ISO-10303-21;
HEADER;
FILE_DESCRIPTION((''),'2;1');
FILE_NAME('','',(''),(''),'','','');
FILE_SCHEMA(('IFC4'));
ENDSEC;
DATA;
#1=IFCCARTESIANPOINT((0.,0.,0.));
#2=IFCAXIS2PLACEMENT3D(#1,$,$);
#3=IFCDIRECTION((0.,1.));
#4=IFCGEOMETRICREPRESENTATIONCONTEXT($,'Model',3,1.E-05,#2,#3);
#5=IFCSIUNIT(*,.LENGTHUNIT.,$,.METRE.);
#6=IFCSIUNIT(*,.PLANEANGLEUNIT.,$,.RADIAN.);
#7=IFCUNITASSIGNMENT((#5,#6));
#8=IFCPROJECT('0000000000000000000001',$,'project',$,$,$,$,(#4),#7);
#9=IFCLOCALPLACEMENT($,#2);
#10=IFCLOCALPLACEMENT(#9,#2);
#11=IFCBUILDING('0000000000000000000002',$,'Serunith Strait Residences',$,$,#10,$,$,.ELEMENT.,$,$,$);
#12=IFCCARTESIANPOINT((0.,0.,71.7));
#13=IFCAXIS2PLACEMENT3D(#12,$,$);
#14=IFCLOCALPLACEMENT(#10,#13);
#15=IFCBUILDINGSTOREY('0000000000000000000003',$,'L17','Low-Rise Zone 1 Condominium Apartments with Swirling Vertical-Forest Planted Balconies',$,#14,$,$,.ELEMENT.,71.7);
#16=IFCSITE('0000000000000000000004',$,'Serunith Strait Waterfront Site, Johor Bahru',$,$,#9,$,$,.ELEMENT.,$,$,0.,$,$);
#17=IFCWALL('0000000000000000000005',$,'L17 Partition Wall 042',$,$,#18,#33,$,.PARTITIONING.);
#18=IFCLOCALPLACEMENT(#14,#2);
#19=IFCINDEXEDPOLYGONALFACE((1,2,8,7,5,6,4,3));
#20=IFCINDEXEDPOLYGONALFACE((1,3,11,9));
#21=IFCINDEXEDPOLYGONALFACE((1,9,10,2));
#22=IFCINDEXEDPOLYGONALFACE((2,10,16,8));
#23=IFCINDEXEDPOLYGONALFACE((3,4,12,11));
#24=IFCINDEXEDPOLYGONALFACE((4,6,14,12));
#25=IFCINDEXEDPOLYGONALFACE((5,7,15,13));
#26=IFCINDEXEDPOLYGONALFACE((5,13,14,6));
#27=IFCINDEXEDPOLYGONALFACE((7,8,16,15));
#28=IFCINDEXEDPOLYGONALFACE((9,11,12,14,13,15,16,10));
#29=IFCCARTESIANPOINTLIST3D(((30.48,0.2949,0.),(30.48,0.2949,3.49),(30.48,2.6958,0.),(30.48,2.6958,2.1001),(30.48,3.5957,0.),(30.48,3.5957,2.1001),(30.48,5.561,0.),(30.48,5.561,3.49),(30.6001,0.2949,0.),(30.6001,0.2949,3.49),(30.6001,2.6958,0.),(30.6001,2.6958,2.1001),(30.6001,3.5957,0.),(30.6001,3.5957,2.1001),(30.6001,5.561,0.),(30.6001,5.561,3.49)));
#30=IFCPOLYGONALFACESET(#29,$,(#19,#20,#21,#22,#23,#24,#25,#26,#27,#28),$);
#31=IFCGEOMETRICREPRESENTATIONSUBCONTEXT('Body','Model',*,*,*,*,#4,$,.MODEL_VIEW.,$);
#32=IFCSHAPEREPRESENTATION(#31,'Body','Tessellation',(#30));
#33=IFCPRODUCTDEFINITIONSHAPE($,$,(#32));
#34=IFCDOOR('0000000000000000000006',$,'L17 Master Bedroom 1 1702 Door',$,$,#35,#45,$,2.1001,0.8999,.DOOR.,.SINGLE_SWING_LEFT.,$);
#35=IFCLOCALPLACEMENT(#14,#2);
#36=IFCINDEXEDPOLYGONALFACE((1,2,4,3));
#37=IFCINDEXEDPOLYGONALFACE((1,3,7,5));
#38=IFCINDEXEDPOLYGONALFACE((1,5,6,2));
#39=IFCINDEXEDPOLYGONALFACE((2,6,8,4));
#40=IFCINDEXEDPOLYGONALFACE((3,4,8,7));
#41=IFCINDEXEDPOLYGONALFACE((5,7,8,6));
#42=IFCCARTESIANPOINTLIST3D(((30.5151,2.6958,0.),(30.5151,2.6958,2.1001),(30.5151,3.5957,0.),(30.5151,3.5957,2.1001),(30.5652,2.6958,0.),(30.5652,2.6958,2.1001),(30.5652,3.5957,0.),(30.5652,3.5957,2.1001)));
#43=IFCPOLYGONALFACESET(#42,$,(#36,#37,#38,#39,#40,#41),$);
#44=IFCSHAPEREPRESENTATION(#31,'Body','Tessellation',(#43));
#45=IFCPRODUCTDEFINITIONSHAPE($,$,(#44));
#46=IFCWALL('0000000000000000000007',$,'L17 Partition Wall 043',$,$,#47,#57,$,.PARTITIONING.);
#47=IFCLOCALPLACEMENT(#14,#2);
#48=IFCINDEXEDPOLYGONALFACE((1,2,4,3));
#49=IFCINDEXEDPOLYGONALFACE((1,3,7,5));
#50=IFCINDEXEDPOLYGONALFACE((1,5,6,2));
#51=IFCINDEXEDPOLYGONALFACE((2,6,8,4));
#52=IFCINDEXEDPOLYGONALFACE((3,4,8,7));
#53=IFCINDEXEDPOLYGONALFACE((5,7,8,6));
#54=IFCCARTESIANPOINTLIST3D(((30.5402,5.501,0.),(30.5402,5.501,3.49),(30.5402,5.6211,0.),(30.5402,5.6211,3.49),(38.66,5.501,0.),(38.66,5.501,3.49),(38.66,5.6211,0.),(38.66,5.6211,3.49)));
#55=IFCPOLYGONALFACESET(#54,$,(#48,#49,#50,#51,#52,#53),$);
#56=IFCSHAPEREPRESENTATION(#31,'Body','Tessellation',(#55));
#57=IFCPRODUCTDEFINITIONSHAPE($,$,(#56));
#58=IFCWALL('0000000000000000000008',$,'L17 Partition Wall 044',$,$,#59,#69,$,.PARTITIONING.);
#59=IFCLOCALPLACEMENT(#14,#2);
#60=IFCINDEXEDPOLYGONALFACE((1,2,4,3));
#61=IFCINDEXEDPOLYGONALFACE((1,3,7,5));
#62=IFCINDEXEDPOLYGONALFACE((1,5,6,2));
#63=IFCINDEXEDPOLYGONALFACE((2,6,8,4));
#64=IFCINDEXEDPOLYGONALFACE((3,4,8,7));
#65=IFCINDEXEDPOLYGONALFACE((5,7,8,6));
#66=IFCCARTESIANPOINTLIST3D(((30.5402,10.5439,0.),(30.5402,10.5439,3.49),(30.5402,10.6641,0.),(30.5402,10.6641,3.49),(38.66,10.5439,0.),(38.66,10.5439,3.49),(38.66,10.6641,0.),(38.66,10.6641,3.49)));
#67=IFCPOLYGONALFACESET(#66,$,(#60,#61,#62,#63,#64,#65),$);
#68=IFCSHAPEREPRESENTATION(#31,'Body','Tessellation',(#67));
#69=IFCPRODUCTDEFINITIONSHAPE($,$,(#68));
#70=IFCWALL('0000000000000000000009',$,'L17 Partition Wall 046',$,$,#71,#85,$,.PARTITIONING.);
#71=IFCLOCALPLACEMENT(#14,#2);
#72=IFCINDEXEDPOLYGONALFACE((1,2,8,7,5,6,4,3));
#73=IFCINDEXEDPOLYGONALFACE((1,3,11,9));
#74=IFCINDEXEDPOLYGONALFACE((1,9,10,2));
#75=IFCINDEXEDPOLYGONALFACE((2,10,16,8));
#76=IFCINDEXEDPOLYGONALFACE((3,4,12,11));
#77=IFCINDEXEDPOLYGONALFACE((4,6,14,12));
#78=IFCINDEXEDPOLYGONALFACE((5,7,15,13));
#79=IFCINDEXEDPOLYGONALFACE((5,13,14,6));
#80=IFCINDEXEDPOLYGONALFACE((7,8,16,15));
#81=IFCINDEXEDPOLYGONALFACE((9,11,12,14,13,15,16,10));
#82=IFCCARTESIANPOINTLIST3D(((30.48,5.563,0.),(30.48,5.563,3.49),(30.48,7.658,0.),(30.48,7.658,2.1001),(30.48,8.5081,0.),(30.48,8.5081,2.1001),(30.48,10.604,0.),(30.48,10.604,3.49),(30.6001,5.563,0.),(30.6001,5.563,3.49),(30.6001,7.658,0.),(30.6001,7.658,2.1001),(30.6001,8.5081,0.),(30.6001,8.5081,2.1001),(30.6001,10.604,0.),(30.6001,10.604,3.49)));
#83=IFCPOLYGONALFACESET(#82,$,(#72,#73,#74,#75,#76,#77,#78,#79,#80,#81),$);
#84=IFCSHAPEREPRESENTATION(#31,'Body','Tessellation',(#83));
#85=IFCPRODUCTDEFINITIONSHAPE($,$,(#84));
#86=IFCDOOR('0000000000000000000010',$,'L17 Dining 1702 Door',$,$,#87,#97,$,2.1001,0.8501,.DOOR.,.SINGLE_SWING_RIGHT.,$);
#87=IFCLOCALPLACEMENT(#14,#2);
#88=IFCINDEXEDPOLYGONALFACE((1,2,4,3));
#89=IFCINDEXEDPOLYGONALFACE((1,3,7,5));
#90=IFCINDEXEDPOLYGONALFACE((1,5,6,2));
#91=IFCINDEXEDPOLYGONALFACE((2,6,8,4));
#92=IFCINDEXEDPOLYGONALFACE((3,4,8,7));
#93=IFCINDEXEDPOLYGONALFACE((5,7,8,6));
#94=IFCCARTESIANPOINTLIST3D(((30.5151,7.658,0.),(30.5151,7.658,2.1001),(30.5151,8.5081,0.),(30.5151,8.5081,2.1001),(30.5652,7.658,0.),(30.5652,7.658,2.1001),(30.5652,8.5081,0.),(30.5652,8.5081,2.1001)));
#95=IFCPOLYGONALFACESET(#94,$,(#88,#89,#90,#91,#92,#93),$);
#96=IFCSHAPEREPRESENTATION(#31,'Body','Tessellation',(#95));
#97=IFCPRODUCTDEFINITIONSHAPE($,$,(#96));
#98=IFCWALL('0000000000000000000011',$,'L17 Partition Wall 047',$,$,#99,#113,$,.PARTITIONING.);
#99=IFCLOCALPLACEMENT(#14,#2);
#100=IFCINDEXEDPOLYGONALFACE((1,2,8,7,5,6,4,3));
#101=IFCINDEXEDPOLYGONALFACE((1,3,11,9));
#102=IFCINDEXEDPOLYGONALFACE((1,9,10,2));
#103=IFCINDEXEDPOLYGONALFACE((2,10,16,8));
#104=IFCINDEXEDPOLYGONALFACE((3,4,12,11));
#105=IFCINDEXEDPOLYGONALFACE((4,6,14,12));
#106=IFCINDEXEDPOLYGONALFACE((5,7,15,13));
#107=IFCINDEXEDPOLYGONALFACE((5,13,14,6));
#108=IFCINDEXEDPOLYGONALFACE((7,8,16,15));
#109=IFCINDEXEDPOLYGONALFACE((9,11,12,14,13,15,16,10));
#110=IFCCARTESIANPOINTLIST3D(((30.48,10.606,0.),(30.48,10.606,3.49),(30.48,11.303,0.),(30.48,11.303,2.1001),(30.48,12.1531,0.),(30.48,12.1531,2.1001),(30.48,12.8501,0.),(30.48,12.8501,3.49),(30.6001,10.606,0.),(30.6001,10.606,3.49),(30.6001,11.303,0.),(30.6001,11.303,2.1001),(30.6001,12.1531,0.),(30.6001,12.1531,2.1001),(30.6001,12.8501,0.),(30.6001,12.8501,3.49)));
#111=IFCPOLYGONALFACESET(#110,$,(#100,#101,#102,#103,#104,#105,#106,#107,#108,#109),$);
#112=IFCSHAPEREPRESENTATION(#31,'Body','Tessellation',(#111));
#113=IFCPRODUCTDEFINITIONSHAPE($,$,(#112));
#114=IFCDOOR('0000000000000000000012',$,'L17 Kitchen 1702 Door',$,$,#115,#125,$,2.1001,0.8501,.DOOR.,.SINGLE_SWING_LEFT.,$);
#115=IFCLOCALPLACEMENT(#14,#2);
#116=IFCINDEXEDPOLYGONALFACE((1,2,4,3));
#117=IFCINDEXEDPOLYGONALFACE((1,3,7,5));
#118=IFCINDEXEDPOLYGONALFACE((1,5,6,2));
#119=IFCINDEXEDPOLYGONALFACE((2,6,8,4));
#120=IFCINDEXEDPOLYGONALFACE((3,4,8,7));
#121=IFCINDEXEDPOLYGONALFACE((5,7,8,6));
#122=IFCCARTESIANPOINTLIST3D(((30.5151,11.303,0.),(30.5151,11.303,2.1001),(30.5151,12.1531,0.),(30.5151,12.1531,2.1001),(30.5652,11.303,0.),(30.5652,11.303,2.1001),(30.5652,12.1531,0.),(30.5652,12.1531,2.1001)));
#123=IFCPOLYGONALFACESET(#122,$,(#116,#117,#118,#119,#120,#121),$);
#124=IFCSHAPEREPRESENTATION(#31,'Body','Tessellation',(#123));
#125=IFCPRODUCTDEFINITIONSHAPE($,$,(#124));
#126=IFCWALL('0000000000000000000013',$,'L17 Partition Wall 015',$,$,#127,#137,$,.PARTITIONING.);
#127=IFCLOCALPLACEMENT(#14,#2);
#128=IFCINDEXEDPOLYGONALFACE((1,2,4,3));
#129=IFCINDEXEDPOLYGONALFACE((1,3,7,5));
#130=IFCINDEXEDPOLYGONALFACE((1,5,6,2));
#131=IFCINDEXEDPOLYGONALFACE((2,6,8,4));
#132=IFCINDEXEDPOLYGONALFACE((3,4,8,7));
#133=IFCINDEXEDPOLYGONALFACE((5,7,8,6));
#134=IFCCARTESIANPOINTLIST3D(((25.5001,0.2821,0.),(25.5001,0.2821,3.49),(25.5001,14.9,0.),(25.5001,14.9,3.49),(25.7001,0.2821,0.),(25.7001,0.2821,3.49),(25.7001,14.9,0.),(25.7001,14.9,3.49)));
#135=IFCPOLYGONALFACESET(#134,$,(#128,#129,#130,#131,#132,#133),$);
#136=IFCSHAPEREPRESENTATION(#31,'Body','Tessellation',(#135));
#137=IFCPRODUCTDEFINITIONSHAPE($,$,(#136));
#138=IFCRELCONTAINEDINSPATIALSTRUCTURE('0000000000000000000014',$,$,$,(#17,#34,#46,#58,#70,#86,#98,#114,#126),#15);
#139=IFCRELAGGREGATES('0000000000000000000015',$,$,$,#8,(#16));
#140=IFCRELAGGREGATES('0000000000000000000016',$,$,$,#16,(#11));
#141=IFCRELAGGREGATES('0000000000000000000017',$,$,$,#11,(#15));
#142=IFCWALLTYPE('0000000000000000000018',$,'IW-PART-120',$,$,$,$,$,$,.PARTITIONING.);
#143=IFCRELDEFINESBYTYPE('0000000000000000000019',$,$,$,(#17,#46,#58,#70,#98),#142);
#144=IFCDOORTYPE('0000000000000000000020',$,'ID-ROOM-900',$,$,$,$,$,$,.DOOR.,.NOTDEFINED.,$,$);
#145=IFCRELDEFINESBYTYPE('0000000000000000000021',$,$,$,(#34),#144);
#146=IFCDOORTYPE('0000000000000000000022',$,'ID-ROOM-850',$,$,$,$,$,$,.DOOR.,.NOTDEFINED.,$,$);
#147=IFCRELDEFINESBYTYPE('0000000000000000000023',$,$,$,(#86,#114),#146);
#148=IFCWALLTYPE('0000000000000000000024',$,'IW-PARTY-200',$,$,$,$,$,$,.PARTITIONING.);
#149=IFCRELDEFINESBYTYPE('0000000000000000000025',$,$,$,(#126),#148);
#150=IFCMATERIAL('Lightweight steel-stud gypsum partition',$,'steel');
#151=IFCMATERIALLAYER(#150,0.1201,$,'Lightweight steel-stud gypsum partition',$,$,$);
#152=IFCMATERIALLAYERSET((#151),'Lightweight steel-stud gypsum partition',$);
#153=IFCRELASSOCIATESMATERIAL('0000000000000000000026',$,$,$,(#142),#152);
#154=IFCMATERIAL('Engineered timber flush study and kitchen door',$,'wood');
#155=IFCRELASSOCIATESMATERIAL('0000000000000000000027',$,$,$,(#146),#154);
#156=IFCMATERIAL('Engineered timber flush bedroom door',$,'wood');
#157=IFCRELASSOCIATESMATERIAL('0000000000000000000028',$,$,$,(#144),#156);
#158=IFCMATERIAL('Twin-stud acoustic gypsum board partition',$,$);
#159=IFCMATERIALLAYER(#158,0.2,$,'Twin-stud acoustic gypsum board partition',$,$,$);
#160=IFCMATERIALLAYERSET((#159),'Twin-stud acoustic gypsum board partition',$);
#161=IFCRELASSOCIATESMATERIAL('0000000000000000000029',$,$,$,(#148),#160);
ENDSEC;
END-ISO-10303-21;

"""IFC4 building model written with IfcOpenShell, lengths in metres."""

from ifc_helpers import new_model, si_unit, direction, frame, frame_2d, origin, place, context, subcontext, project, spatial, rectangle, extrude, source, transform, mapped, material, layer, layer_set, type_object, element, fill, save


model = new_model("IFC4")

# Units and contexts
model_context = context("Model", 3, precision=1e-05, world=origin(), true_north=direction((0.0, 1.0)))
body_context = subcontext(model_context, "Body", "Model", "MODEL_VIEW")
ifc_project = project(units=[si_unit("LENGTHUNIT", "METRE"), si_unit("PLANEANGLEUNIT", "RADIAN")], contexts=[model_context])

# Site, building, storey
site_placement = place(None, origin())
site = spatial("IfcSite", under=ifc_project, at=site_placement, Name="Serunith Strait Waterfront Site, Johor Bahru", CompositionType="ELEMENT", RefElevation=0.0)
building_placement = place(site_placement, origin())
building = spatial("IfcBuilding", under=site, at=building_placement, Name="Serunith Strait Residences", CompositionType="ELEMENT")
storey_placement = place(building_placement, frame((0.0, 0.0, 71.7)))
storey = spatial("IfcBuildingStorey", under=building, at=storey_placement, Name="L17", Description="Low-Rise Zone 1 Condominium Apartments with Swirling Vertical-Forest Planted Balconies", CompositionType="ELEMENT", Elevation=71.7)

# Shared definitions
ifc_material_1 = material(Name="Lightweight steel-stud gypsum partition", Category="steel")
ifc_layer_1 = layer(ifc_material_1, 0.1201, Name="Lightweight steel-stud gypsum partition")
ifc_layer_set_1 = layer_set([ifc_layer_1], Name="Lightweight steel-stud gypsum partition")
wall_type_1 = type_object("IfcWallType", Name="IW-PART-120", PredefinedType="PARTITIONING", material=ifc_layer_set_1)
ifc_material_2 = material(Name="Engineered timber flush study and kitchen door", Category="wood")
door_type_1 = type_object("IfcDoorType", Name="ID-ROOM-850", OperationType="NOTDEFINED", PredefinedType="DOOR", material=ifc_material_2)
shared_shape_1 = source(origin(), body_context, "Body", "SweptSolid", [
    extrude(rectangle(XDim=0.8501, YDim=2.1001, at=frame_2d((0.425, 1.05))), frame((0.0, 0.0249, 0.0), z_axis=(0.0, -1.0, 0.0), x_axis=(1.0, 0.0, 0.0)), (0.0, 0.0, 1.0), 0.05),
])

# Shared definitions
ifc_material_3 = material(Name="Engineered timber flush bedroom door", Category="wood")
door_type_2 = type_object("IfcDoorType", Name="ID-ROOM-900", OperationType="NOTDEFINED", PredefinedType="DOOR", material=ifc_material_3)
shared_shape_2 = source(origin(), body_context, "Body", "SweptSolid", [
    extrude(rectangle(XDim=0.8999, YDim=2.1001, at=frame_2d((0.45, 1.05))), frame((0.0, 0.0249, 0.0), z_axis=(0.0, -1.0, 0.0), x_axis=(1.0, 0.0, 0.0)), (0.0, 0.0, 1.0), 0.05),
])

# Wall, opening, door
wall_1_placement = place(storey_placement, frame((30.54, 0.2949, 0.0), z_axis=(0.0, 0.0, 1.0), x_axis=(0.0, 1.0, 0.0)))
wall_1 = element("IfcWall", 1, at=wall_1_placement, inside=storey, type_object=wall_type_1, Name="L17 Partition Wall 042", PredefinedType="PARTITIONING", context=body_context, shape_type="SweptSolid", body=[
    extrude(rectangle(XDim=5.2661, YDim=0.1201, at=frame_2d((2.6331, 0.0))), origin(), (0.0, 0.0, 1.0), 3.49),
])
opening_1_placement = place(wall_1_placement, frame((2.4009, 0.0, 0.0)))
opening_1 = element("IfcOpeningElement", 2, at=opening_1_placement, cuts=wall_1, PredefinedType="OPENING", context=body_context, shape_type="SweptSolid", body=[
    extrude(rectangle(XDim=0.8999, YDim=2.1001, at=frame_2d((0.45, 1.05))), frame((0.0, 0.0701, 0.0), z_axis=(0.0, -1.0, 0.0), x_axis=(1.0, 0.0, 0.0)), (0.0, 0.0, 1.0), 0.1401),
])
door_1_placement = place(opening_1_placement, origin())
door_1 = element("IfcDoor", 3, at=door_1_placement, inside=storey, type_object=door_type_2, Name="L17 Master Bedroom 1 1702 Door", OperationType="SINGLE_SWING_LEFT", OverallHeight=2.1001, OverallWidth=0.8999, PredefinedType="DOOR", context=body_context, shape_type="MappedRepresentation", body=[
    mapped(shared_shape_2, transform((0.0, 0.0, 0.0), scale=1.0)),
])
fill(opening_1, door_1)

# Walls
for number, where, z_axis, x_axis, name in (
    (4, (30.54, 5.561, 0.0), (0.0, 0.0, 1.0), (1.0, 0.0, 0.0), "L17 Partition Wall 043"),
    (5, (30.54, 10.604, 0.0), (0.0, 0.0, 1.0), (1.0, 0.0, 0.0), "L17 Partition Wall 044"),
):
    element("IfcWall", number, at=place(storey_placement, frame(where, z_axis=z_axis, x_axis=x_axis)), inside=storey, type_object=wall_type_1, Name=name, PredefinedType="PARTITIONING", context=body_context, shape_type="SweptSolid", body=[
        extrude(rectangle(XDim=8.1199, YDim=0.1201, at=frame_2d((4.0601, 0.0))), origin(), (0.0, 0.0, 1.0), 3.49),
    ])

# Walls, openings, doors
wall_2_placement = place(storey_placement, frame((30.54, 5.563, 0.0), z_axis=(0.0, 0.0, 1.0), x_axis=(0.0, 1.0, 0.0)))
wall_2 = element("IfcWall", 6, at=wall_2_placement, inside=storey, type_object=wall_type_1, Name="L17 Partition Wall 046", PredefinedType="PARTITIONING", context=body_context, shape_type="SweptSolid", body=[
    extrude(rectangle(XDim=5.041, YDim=0.1201, at=frame_2d((2.5205, 0.0))), origin(), (0.0, 0.0, 1.0), 3.49),
])
opening_2_placement = place(wall_2_placement, frame((2.095, 0.0, 0.0)))
opening_2 = element("IfcOpeningElement", 7, at=opening_2_placement, cuts=wall_2, PredefinedType="OPENING", context=body_context, shape_type="SweptSolid", body=[
    extrude(rectangle(XDim=0.8501, YDim=2.1001, at=frame_2d((0.425, 1.05))), frame((0.0, 0.0701, 0.0), z_axis=(0.0, -1.0, 0.0), x_axis=(1.0, 0.0, 0.0)), (0.0, 0.0, 1.0), 0.1401),
])
door_2_placement = place(opening_2_placement, origin())
door_2 = element("IfcDoor", 8, at=door_2_placement, inside=storey, type_object=door_type_1, Name="L17 Dining 1702 Door", OperationType="SINGLE_SWING_RIGHT", OverallHeight=2.1001, OverallWidth=0.8501, PredefinedType="DOOR", context=body_context, shape_type="MappedRepresentation", body=[
    mapped(shared_shape_1, transform((0.0, 0.0, 0.0), scale=1.0)),
])
fill(opening_2, door_2)
wall_3_placement = place(storey_placement, frame((30.54, 10.606, 0.0), z_axis=(0.0, 0.0, 1.0), x_axis=(0.0, 1.0, 0.0)))
wall_3 = element("IfcWall", 9, at=wall_3_placement, inside=storey, type_object=wall_type_1, Name="L17 Partition Wall 047", PredefinedType="PARTITIONING", context=body_context, shape_type="SweptSolid", body=[
    extrude(rectangle(XDim=2.2441, YDim=0.1201, at=frame_2d((1.1221, 0.0))), origin(), (0.0, 0.0, 1.0), 3.49),
])
opening_3_placement = place(wall_3_placement, frame((0.697, 0.0, 0.0)))
opening_3 = element("IfcOpeningElement", 10, at=opening_3_placement, cuts=wall_3, PredefinedType="OPENING", context=body_context, shape_type="SweptSolid", body=[
    extrude(rectangle(XDim=0.8501, YDim=2.1001, at=frame_2d((0.425, 1.05))), frame((0.0, 0.0701, 0.0), z_axis=(0.0, -1.0, 0.0), x_axis=(1.0, 0.0, 0.0)), (0.0, 0.0, 1.0), 0.1401),
])
door_3_placement = place(opening_3_placement, origin())
door_3 = element("IfcDoor", 11, at=door_3_placement, inside=storey, type_object=door_type_1, Name="L17 Kitchen 1702 Door", OperationType="SINGLE_SWING_LEFT", OverallHeight=2.1001, OverallWidth=0.8501, PredefinedType="DOOR", context=body_context, shape_type="MappedRepresentation", body=[
    mapped(shared_shape_1, transform((0.0, 0.0, 0.0), scale=1.0)),
])
fill(opening_3, door_3)

# Wall
ifc_material_4 = material(Name="Twin-stud acoustic gypsum board partition")
ifc_layer_2 = layer(ifc_material_4, 0.2, Name="Twin-stud acoustic gypsum board partition")
ifc_layer_set_2 = layer_set([ifc_layer_2], Name="Twin-stud acoustic gypsum board partition")
wall_type_2 = type_object("IfcWallType", Name="IW-PARTY-200", PredefinedType="PARTITIONING", material=ifc_layer_set_2)
wall_4_placement = place(storey_placement, frame((25.6001, 0.282, 0.0), z_axis=(0.0, 0.0, 1.0), x_axis=(0.0, 1.0, 0.0)))
element("IfcWall", 12, at=wall_4_placement, inside=storey, type_object=wall_type_2, Name="L17 Partition Wall 015", PredefinedType="PARTITIONING", context=body_context, shape_type="SweptSolid", body=[
    extrude(rectangle(XDim=14.6179, YDim=0.2, at=frame_2d((7.3091, 0.0))), origin(), (0.0, 0.0, 1.0), 3.49),
])

save(model, "model.ifc")
